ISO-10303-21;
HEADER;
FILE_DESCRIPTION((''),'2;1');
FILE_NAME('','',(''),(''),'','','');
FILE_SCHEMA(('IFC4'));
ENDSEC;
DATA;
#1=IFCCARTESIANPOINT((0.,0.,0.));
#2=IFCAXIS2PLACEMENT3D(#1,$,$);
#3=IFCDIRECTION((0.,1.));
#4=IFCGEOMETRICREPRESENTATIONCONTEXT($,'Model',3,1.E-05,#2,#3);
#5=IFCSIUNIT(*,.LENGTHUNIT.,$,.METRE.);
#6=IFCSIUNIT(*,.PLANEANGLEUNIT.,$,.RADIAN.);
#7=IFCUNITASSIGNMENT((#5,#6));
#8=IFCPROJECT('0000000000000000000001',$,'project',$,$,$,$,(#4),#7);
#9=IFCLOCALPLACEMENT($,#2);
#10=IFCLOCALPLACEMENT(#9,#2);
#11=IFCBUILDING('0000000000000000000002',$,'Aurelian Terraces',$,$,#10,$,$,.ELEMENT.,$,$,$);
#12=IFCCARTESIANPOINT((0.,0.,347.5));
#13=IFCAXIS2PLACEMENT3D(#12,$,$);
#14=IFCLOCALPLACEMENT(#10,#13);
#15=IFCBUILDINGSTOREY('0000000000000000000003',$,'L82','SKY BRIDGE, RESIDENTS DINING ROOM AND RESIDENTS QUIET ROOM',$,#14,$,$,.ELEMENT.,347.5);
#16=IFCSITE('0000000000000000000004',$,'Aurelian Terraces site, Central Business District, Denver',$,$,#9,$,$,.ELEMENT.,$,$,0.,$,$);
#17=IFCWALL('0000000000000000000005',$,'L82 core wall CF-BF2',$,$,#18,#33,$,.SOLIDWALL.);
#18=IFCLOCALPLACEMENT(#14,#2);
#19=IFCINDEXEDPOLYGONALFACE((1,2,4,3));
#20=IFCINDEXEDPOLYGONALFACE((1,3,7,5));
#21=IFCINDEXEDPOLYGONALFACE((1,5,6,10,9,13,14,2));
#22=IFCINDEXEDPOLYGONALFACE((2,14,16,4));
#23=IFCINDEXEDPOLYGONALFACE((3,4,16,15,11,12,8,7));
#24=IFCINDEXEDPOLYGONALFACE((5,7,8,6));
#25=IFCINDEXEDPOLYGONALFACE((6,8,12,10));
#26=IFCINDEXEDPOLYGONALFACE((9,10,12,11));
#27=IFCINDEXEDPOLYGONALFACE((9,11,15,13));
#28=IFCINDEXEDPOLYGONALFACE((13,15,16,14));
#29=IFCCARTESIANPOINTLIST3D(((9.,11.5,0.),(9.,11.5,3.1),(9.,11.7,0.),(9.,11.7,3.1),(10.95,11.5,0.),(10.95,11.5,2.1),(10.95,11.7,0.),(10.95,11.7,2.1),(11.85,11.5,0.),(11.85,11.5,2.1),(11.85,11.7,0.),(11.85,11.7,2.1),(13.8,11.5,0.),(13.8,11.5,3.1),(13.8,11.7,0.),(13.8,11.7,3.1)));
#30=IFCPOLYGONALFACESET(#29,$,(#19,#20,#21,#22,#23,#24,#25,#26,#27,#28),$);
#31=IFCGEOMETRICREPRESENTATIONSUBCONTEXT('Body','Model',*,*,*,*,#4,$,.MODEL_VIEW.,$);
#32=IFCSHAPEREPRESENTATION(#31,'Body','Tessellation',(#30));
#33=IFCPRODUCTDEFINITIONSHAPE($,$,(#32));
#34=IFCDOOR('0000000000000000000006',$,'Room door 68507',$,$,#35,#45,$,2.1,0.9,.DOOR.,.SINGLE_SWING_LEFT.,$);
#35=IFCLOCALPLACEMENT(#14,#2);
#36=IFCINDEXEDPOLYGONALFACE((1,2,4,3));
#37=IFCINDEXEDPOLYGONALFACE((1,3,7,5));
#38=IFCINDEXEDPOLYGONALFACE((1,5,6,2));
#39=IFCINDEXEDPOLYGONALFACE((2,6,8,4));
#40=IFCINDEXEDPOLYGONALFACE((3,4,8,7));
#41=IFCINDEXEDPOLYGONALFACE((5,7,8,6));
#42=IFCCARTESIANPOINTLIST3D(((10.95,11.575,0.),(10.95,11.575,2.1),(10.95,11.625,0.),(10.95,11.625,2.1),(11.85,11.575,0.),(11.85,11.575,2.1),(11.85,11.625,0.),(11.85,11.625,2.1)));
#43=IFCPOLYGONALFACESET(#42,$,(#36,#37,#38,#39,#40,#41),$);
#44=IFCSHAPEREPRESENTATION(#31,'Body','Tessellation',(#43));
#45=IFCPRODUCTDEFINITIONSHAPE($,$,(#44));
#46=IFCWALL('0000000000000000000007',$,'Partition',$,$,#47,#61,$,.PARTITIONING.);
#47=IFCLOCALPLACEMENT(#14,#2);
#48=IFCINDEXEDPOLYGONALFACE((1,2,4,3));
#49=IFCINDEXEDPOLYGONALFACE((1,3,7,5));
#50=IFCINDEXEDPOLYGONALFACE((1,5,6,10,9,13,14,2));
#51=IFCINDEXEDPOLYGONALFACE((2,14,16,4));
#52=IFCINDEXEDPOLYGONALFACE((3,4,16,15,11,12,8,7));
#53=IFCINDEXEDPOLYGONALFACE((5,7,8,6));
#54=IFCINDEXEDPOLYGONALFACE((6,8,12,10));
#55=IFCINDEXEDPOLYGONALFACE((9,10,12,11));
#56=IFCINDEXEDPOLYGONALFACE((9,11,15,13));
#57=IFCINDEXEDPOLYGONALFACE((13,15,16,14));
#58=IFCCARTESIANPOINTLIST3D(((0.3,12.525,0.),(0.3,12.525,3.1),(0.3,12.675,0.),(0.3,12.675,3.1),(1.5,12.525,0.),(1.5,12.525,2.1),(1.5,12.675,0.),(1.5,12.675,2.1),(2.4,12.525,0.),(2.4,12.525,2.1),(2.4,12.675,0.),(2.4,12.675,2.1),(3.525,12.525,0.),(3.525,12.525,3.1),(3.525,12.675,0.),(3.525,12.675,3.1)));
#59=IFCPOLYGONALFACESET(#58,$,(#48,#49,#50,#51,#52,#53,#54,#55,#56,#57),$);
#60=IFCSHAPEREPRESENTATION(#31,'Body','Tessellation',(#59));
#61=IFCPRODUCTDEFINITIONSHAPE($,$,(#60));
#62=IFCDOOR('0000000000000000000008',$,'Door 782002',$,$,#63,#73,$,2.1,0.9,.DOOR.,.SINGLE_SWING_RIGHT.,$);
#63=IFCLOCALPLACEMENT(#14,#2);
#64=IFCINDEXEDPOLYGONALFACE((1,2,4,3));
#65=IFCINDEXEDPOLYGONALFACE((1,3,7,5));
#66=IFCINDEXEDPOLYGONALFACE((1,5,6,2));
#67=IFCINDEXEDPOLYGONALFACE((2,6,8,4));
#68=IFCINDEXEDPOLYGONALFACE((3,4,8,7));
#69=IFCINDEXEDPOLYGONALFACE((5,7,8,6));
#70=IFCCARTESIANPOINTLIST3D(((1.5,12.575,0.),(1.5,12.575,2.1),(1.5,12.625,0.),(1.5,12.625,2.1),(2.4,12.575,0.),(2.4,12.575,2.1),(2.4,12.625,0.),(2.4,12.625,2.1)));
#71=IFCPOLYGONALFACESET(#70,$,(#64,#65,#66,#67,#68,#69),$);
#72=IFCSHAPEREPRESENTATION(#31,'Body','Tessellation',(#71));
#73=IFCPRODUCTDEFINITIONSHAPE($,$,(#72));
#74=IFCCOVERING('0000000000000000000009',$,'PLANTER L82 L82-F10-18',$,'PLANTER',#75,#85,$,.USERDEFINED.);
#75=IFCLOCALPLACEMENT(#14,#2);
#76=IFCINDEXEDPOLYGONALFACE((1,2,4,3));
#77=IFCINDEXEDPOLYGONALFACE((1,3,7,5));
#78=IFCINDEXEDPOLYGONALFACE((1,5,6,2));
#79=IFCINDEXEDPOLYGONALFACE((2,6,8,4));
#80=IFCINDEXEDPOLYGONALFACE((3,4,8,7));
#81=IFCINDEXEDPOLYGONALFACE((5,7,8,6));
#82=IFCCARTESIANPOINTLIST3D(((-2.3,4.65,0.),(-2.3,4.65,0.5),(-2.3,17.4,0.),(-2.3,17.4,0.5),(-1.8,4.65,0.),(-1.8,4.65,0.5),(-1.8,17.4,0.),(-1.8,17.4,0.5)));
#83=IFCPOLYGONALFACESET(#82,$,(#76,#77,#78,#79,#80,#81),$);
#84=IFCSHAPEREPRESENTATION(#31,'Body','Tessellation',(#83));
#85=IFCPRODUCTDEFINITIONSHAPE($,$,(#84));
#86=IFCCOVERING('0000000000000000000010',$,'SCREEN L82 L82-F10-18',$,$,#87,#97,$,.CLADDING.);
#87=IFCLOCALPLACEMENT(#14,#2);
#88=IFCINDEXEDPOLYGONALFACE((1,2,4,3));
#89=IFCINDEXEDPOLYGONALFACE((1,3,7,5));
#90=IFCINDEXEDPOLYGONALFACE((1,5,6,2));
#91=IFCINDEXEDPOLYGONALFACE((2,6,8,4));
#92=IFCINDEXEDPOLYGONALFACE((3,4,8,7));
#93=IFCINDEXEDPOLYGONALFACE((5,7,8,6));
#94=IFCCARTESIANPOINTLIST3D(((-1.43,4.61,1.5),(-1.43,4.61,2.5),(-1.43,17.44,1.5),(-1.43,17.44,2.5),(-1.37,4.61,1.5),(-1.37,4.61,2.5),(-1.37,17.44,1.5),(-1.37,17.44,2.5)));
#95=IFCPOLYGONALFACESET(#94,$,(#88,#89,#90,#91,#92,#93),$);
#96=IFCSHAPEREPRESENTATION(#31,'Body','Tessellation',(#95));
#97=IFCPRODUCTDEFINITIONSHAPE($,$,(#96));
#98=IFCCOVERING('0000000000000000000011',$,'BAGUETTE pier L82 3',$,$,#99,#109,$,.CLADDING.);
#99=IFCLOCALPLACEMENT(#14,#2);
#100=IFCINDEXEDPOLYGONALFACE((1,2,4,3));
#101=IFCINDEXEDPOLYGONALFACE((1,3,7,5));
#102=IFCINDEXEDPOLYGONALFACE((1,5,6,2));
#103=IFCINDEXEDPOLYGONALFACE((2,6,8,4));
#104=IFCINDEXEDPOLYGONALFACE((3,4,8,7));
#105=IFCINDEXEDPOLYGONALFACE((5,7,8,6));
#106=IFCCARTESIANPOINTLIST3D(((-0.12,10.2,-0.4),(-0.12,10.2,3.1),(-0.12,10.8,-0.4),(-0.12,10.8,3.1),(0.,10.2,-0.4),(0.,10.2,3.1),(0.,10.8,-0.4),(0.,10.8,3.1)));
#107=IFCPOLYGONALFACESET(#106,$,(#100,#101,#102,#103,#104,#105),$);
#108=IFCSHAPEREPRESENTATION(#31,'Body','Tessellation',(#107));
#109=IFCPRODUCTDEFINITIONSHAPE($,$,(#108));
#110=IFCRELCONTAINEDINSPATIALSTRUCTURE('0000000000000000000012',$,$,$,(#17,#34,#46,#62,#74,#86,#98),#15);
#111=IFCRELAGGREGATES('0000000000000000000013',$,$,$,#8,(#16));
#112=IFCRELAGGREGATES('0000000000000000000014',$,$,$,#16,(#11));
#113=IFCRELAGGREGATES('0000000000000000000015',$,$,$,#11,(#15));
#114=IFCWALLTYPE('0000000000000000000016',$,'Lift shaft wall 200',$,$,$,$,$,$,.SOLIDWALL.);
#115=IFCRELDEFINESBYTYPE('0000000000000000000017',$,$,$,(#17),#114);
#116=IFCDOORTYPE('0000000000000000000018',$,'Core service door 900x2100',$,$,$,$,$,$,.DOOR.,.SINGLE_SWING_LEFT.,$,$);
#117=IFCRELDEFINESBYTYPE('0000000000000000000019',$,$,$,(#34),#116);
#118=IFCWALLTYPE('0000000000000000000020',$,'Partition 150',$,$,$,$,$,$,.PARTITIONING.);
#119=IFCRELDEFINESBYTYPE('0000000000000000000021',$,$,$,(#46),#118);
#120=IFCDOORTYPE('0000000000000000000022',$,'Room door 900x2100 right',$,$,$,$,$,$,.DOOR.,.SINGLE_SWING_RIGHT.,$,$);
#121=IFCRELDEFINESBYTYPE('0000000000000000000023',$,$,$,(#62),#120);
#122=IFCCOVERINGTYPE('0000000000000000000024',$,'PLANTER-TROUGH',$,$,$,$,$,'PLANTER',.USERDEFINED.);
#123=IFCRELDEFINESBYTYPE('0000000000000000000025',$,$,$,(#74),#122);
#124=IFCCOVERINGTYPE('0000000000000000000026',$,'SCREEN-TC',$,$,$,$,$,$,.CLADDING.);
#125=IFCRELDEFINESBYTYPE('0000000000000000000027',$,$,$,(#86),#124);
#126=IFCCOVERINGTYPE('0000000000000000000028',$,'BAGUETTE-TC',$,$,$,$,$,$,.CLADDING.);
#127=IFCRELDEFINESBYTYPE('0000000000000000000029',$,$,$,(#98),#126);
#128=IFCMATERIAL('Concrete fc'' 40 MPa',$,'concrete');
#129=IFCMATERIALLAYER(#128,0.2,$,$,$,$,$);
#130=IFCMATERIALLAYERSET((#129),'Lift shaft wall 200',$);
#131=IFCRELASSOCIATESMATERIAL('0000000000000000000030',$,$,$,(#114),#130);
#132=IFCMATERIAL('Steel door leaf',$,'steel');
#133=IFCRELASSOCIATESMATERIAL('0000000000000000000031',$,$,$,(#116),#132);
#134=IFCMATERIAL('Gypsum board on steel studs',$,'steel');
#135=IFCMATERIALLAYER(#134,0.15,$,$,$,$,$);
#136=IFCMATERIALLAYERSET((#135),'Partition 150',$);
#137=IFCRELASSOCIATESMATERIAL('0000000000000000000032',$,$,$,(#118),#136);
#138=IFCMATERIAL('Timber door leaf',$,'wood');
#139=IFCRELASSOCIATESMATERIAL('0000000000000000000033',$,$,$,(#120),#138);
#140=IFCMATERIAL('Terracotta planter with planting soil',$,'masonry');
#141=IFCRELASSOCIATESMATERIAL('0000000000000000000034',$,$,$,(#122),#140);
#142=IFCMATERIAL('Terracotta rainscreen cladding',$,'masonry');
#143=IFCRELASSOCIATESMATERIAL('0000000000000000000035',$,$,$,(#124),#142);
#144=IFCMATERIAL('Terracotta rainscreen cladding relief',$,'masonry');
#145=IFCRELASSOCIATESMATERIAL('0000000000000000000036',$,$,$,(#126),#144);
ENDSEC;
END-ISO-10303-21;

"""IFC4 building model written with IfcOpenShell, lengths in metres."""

from ifc_helpers import new_model, si_unit, direction, frame, frame_2d, origin, origin_2d, place, context, subcontext, project, spatial, rectangle, extrude, source, transform, mapped, material, layer, layer_set, type_object, element, fill, save


model = new_model("IFC4")

# Units and contexts
model_context = context("Model", 3, precision=1e-05, world=origin(), true_north=direction((0.0, 1.0)))
body_context = subcontext(model_context, "Body", "Model", "MODEL_VIEW")
ifc_project = project(units=[si_unit("LENGTHUNIT", "METRE"), si_unit("PLANEANGLEUNIT", "RADIAN")], contexts=[model_context])

# Site, building, storey
site_placement = place(None, origin())
site = spatial("IfcSite", under=ifc_project, at=site_placement, Name="Aurelian Terraces site, Central Business District, Denver", CompositionType="ELEMENT", RefElevation=0.0)
building_placement = place(site_placement, origin())
building = spatial("IfcBuilding", under=site, at=building_placement, Name="Aurelian Terraces", CompositionType="ELEMENT")
storey_placement = place(building_placement, frame((0.0, 0.0, 347.5)))
storey = spatial("IfcBuildingStorey", under=building, at=storey_placement, Name="L82", Description="SKY BRIDGE, RESIDENTS DINING ROOM AND RESIDENTS QUIET ROOM", CompositionType="ELEMENT", Elevation=347.5)

# Shared definitions
ifc_material_1 = material(Name="Terracotta rainscreen cladding", Category="masonry")

# Shared definitions
ifc_material_2 = material(Name="Concrete fc' 40 MPa", Category="concrete")
ifc_layer_1 = layer(ifc_material_2, 0.2)
ifc_layer_set_1 = layer_set([ifc_layer_1], Name="Lift shaft wall 200")
wall_type_1 = type_object("IfcWallType", Name="Lift shaft wall 200", PredefinedType="SOLIDWALL", material=ifc_layer_set_1)

# Walls, openings, doors
shared_shape_1 = source(origin(), body_context, "Body", "SweptSolid", [
    extrude(rectangle(XDim=4.8, YDim=0.2, at=frame_2d((2.4, 0.0))), origin(), (0.0, 0.0, 1.0), 3.1),
])
wall_1_placement = place(storey_placement, frame((9.0, 11.6, 0.0), z_axis=(0.0, 0.0, 1.0), x_axis=(1.0, 0.0, 0.0)))
wall_1 = element("IfcWall", 1, at=wall_1_placement, inside=storey, type_object=wall_type_1, Name="L82 core wall CF-BF2", PredefinedType="SOLIDWALL", context=body_context, shape_type="MappedRepresentation", body=[
    mapped(shared_shape_1, transform((0.0, 0.0, 0.0), scale=1.0)),
])
shared_shape_2 = source(origin(), body_context, "Body", "SweptSolid", [
    extrude(rectangle(XDim=0.9, YDim=2.1, at=frame_2d((0.45, 1.05))), frame((0.0, 0.11, 0.0), z_axis=(0.0, -1.0, 0.0), x_axis=(1.0, 0.0, 0.0)), (0.0, 0.0, 1.0), 0.22),
])
opening_1_placement = place(wall_1_placement, frame((1.95, 0.0, 0.0)))
opening_1 = element("IfcOpeningElement", 2, at=opening_1_placement, cuts=wall_1, PredefinedType="OPENING", context=body_context, shape_type="MappedRepresentation", body=[
    mapped(shared_shape_2, transform((0.0, 0.0, 0.0), scale=1.0)),
])
ifc_material_3 = material(Name="Steel door leaf", Category="steel")
door_type_1 = type_object("IfcDoorType", Name="Core service door 900x2100", OperationType="SINGLE_SWING_LEFT", PredefinedType="DOOR", material=ifc_material_3)
shared_shape_3 = source(origin(), body_context, "Body", "SweptSolid", [
    extrude(rectangle(XDim=0.9, YDim=2.1, at=frame_2d((0.45, 1.05))), frame((0.0, 0.025, 0.0), z_axis=(0.0, -1.0, 0.0), x_axis=(1.0, 0.0, 0.0)), (0.0, 0.0, 1.0), 0.05),
])
door_1_placement = place(opening_1_placement, origin())
door_1 = element("IfcDoor", 3, at=door_1_placement, inside=storey, type_object=door_type_1, Name="Room door 68507", OperationType="SINGLE_SWING_LEFT", OverallHeight=2.1, OverallWidth=0.9, PredefinedType="DOOR", context=body_context, shape_type="MappedRepresentation", body=[
    mapped(shared_shape_3, transform((0.0, 0.0, 0.0), scale=1.0)),
])
fill(opening_1, door_1)
ifc_material_4 = material(Name="Gypsum board on steel studs", Category="steel")
ifc_layer_2 = layer(ifc_material_4, 0.15)
ifc_layer_set_2 = layer_set([ifc_layer_2], Name="Partition 150")
wall_type_2 = type_object("IfcWallType", Name="Partition 150", PredefinedType="PARTITIONING", material=ifc_layer_set_2)
shared_shape_4 = source(origin(), body_context, "Body", "SweptSolid", [
    extrude(rectangle(XDim=3.225, YDim=0.15, at=frame_2d((1.6125, 0.0))), origin(), (0.0, 0.0, 1.0), 3.1),
])
wall_2_placement = place(storey_placement, frame((0.3, 12.6, 0.0), z_axis=(0.0, 0.0, 1.0), x_axis=(1.0, 0.0, 0.0)))
wall_2 = element("IfcWall", 4, at=wall_2_placement, inside=storey, type_object=wall_type_2, Name="Partition", PredefinedType="PARTITIONING", context=body_context, shape_type="MappedRepresentation", body=[
    mapped(shared_shape_4, transform((0.0, 0.0, 0.0), scale=1.0)),
])
shared_shape_5 = source(origin(), body_context, "Body", "SweptSolid", [
    extrude(rectangle(XDim=0.9, YDim=2.1, at=frame_2d((0.45, 1.05))), frame((0.0, 0.085, 0.0), z_axis=(0.0, -1.0, 0.0), x_axis=(1.0, 0.0, 0.0)), (0.0, 0.0, 1.0), 0.17),
])
opening_2_placement = place(wall_2_placement, frame((1.2, 0.0, 0.0)))
opening_2 = element("IfcOpeningElement", 5, at=opening_2_placement, cuts=wall_2, PredefinedType="OPENING", context=body_context, shape_type="MappedRepresentation", body=[
    mapped(shared_shape_5, transform((0.0, 0.0, 0.0), scale=1.0)),
])
ifc_material_5 = material(Name="Timber door leaf", Category="wood")
door_type_2 = type_object("IfcDoorType", Name="Room door 900x2100 right", OperationType="SINGLE_SWING_RIGHT", PredefinedType="DOOR", material=ifc_material_5)
door_2_placement = place(opening_2_placement, origin())
door_2 = element("IfcDoor", 6, at=door_2_placement, inside=storey, type_object=door_type_2, Name="Door 782002", OperationType="SINGLE_SWING_RIGHT", OverallHeight=2.1, OverallWidth=0.9, PredefinedType="DOOR", context=body_context, shape_type="MappedRepresentation", body=[
    mapped(shared_shape_3, transform((0.0, 0.0, 0.0), scale=1.0)),
])
fill(opening_2, door_2)

# Coverings
ifc_material_6 = material(Name="Terracotta planter with planting soil", Category="masonry")
covering_type_1 = type_object("IfcCoveringType", Name="PLANTER-TROUGH", ElementType="PLANTER", PredefinedType="USERDEFINED", material=ifc_material_6)
shared_shape_6 = source(origin(), body_context, "Body", "SweptSolid", [
    extrude(rectangle(XDim=0.5, YDim=12.75, at=origin_2d()), origin(), (0.0, 0.0, 1.0), 0.5),
])
covering_1_placement = place(storey_placement, frame((-2.05, 11.025, 0.0), z_axis=(0.0, 0.0, 1.0), x_axis=(1.0, 0.0, 0.0)))
element("IfcCovering", 7, at=covering_1_placement, inside=storey, type_object=covering_type_1, Name="PLANTER L82 L82-F10-18", ObjectType="PLANTER", PredefinedType="USERDEFINED", context=body_context, shape_type="MappedRepresentation", body=[
    mapped(shared_shape_6, transform((0.0, 0.0, 0.0), scale=1.0)),
])
covering_type_2 = type_object("IfcCoveringType", Name="SCREEN-TC", PredefinedType="CLADDING", material=ifc_material_1)
shared_shape_7 = source(origin(), body_context, "Body", "SweptSolid", [
    extrude(rectangle(XDim=0.06, YDim=12.83, at=origin_2d()), origin(), (0.0, 0.0, 1.0), 1.0),
])
covering_2_placement = place(storey_placement, frame((-1.4, 11.025, 1.5), z_axis=(0.0, 0.0, 1.0), x_axis=(1.0, 0.0, 0.0)))
element("IfcCovering", 8, at=covering_2_placement, inside=storey, type_object=covering_type_2, Name="SCREEN L82 L82-F10-18", PredefinedType="CLADDING", context=body_context, shape_type="MappedRepresentation", body=[
    mapped(shared_shape_7, transform((0.0, 0.0, 0.0), scale=1.0)),
])
ifc_material_7 = material(Name="Terracotta rainscreen cladding relief", Category="masonry")
covering_type_3 = type_object("IfcCoveringType", Name="BAGUETTE-TC", PredefinedType="CLADDING", material=ifc_material_7)
shared_shape_8 = source(origin(), body_context, "Body", "SweptSolid", [
    extrude(rectangle(XDim=0.12, YDim=0.6, at=origin_2d()), origin(), (0.0, 0.0, 1.0), 3.5),
])
covering_3_placement = place(storey_placement, frame((-0.06, 10.5, -0.4), z_axis=(0.0, 0.0, 1.0), x_axis=(1.0, 0.0, 0.0)))
element("IfcCovering", 9, at=covering_3_placement, inside=storey, type_object=covering_type_3, Name="BAGUETTE pier L82 3", PredefinedType="CLADDING", context=body_context, shape_type="MappedRepresentation", body=[
    mapped(shared_shape_8, transform((0.0, 0.0, 0.0), scale=1.0)),
])

save(model, "model.ifc")
